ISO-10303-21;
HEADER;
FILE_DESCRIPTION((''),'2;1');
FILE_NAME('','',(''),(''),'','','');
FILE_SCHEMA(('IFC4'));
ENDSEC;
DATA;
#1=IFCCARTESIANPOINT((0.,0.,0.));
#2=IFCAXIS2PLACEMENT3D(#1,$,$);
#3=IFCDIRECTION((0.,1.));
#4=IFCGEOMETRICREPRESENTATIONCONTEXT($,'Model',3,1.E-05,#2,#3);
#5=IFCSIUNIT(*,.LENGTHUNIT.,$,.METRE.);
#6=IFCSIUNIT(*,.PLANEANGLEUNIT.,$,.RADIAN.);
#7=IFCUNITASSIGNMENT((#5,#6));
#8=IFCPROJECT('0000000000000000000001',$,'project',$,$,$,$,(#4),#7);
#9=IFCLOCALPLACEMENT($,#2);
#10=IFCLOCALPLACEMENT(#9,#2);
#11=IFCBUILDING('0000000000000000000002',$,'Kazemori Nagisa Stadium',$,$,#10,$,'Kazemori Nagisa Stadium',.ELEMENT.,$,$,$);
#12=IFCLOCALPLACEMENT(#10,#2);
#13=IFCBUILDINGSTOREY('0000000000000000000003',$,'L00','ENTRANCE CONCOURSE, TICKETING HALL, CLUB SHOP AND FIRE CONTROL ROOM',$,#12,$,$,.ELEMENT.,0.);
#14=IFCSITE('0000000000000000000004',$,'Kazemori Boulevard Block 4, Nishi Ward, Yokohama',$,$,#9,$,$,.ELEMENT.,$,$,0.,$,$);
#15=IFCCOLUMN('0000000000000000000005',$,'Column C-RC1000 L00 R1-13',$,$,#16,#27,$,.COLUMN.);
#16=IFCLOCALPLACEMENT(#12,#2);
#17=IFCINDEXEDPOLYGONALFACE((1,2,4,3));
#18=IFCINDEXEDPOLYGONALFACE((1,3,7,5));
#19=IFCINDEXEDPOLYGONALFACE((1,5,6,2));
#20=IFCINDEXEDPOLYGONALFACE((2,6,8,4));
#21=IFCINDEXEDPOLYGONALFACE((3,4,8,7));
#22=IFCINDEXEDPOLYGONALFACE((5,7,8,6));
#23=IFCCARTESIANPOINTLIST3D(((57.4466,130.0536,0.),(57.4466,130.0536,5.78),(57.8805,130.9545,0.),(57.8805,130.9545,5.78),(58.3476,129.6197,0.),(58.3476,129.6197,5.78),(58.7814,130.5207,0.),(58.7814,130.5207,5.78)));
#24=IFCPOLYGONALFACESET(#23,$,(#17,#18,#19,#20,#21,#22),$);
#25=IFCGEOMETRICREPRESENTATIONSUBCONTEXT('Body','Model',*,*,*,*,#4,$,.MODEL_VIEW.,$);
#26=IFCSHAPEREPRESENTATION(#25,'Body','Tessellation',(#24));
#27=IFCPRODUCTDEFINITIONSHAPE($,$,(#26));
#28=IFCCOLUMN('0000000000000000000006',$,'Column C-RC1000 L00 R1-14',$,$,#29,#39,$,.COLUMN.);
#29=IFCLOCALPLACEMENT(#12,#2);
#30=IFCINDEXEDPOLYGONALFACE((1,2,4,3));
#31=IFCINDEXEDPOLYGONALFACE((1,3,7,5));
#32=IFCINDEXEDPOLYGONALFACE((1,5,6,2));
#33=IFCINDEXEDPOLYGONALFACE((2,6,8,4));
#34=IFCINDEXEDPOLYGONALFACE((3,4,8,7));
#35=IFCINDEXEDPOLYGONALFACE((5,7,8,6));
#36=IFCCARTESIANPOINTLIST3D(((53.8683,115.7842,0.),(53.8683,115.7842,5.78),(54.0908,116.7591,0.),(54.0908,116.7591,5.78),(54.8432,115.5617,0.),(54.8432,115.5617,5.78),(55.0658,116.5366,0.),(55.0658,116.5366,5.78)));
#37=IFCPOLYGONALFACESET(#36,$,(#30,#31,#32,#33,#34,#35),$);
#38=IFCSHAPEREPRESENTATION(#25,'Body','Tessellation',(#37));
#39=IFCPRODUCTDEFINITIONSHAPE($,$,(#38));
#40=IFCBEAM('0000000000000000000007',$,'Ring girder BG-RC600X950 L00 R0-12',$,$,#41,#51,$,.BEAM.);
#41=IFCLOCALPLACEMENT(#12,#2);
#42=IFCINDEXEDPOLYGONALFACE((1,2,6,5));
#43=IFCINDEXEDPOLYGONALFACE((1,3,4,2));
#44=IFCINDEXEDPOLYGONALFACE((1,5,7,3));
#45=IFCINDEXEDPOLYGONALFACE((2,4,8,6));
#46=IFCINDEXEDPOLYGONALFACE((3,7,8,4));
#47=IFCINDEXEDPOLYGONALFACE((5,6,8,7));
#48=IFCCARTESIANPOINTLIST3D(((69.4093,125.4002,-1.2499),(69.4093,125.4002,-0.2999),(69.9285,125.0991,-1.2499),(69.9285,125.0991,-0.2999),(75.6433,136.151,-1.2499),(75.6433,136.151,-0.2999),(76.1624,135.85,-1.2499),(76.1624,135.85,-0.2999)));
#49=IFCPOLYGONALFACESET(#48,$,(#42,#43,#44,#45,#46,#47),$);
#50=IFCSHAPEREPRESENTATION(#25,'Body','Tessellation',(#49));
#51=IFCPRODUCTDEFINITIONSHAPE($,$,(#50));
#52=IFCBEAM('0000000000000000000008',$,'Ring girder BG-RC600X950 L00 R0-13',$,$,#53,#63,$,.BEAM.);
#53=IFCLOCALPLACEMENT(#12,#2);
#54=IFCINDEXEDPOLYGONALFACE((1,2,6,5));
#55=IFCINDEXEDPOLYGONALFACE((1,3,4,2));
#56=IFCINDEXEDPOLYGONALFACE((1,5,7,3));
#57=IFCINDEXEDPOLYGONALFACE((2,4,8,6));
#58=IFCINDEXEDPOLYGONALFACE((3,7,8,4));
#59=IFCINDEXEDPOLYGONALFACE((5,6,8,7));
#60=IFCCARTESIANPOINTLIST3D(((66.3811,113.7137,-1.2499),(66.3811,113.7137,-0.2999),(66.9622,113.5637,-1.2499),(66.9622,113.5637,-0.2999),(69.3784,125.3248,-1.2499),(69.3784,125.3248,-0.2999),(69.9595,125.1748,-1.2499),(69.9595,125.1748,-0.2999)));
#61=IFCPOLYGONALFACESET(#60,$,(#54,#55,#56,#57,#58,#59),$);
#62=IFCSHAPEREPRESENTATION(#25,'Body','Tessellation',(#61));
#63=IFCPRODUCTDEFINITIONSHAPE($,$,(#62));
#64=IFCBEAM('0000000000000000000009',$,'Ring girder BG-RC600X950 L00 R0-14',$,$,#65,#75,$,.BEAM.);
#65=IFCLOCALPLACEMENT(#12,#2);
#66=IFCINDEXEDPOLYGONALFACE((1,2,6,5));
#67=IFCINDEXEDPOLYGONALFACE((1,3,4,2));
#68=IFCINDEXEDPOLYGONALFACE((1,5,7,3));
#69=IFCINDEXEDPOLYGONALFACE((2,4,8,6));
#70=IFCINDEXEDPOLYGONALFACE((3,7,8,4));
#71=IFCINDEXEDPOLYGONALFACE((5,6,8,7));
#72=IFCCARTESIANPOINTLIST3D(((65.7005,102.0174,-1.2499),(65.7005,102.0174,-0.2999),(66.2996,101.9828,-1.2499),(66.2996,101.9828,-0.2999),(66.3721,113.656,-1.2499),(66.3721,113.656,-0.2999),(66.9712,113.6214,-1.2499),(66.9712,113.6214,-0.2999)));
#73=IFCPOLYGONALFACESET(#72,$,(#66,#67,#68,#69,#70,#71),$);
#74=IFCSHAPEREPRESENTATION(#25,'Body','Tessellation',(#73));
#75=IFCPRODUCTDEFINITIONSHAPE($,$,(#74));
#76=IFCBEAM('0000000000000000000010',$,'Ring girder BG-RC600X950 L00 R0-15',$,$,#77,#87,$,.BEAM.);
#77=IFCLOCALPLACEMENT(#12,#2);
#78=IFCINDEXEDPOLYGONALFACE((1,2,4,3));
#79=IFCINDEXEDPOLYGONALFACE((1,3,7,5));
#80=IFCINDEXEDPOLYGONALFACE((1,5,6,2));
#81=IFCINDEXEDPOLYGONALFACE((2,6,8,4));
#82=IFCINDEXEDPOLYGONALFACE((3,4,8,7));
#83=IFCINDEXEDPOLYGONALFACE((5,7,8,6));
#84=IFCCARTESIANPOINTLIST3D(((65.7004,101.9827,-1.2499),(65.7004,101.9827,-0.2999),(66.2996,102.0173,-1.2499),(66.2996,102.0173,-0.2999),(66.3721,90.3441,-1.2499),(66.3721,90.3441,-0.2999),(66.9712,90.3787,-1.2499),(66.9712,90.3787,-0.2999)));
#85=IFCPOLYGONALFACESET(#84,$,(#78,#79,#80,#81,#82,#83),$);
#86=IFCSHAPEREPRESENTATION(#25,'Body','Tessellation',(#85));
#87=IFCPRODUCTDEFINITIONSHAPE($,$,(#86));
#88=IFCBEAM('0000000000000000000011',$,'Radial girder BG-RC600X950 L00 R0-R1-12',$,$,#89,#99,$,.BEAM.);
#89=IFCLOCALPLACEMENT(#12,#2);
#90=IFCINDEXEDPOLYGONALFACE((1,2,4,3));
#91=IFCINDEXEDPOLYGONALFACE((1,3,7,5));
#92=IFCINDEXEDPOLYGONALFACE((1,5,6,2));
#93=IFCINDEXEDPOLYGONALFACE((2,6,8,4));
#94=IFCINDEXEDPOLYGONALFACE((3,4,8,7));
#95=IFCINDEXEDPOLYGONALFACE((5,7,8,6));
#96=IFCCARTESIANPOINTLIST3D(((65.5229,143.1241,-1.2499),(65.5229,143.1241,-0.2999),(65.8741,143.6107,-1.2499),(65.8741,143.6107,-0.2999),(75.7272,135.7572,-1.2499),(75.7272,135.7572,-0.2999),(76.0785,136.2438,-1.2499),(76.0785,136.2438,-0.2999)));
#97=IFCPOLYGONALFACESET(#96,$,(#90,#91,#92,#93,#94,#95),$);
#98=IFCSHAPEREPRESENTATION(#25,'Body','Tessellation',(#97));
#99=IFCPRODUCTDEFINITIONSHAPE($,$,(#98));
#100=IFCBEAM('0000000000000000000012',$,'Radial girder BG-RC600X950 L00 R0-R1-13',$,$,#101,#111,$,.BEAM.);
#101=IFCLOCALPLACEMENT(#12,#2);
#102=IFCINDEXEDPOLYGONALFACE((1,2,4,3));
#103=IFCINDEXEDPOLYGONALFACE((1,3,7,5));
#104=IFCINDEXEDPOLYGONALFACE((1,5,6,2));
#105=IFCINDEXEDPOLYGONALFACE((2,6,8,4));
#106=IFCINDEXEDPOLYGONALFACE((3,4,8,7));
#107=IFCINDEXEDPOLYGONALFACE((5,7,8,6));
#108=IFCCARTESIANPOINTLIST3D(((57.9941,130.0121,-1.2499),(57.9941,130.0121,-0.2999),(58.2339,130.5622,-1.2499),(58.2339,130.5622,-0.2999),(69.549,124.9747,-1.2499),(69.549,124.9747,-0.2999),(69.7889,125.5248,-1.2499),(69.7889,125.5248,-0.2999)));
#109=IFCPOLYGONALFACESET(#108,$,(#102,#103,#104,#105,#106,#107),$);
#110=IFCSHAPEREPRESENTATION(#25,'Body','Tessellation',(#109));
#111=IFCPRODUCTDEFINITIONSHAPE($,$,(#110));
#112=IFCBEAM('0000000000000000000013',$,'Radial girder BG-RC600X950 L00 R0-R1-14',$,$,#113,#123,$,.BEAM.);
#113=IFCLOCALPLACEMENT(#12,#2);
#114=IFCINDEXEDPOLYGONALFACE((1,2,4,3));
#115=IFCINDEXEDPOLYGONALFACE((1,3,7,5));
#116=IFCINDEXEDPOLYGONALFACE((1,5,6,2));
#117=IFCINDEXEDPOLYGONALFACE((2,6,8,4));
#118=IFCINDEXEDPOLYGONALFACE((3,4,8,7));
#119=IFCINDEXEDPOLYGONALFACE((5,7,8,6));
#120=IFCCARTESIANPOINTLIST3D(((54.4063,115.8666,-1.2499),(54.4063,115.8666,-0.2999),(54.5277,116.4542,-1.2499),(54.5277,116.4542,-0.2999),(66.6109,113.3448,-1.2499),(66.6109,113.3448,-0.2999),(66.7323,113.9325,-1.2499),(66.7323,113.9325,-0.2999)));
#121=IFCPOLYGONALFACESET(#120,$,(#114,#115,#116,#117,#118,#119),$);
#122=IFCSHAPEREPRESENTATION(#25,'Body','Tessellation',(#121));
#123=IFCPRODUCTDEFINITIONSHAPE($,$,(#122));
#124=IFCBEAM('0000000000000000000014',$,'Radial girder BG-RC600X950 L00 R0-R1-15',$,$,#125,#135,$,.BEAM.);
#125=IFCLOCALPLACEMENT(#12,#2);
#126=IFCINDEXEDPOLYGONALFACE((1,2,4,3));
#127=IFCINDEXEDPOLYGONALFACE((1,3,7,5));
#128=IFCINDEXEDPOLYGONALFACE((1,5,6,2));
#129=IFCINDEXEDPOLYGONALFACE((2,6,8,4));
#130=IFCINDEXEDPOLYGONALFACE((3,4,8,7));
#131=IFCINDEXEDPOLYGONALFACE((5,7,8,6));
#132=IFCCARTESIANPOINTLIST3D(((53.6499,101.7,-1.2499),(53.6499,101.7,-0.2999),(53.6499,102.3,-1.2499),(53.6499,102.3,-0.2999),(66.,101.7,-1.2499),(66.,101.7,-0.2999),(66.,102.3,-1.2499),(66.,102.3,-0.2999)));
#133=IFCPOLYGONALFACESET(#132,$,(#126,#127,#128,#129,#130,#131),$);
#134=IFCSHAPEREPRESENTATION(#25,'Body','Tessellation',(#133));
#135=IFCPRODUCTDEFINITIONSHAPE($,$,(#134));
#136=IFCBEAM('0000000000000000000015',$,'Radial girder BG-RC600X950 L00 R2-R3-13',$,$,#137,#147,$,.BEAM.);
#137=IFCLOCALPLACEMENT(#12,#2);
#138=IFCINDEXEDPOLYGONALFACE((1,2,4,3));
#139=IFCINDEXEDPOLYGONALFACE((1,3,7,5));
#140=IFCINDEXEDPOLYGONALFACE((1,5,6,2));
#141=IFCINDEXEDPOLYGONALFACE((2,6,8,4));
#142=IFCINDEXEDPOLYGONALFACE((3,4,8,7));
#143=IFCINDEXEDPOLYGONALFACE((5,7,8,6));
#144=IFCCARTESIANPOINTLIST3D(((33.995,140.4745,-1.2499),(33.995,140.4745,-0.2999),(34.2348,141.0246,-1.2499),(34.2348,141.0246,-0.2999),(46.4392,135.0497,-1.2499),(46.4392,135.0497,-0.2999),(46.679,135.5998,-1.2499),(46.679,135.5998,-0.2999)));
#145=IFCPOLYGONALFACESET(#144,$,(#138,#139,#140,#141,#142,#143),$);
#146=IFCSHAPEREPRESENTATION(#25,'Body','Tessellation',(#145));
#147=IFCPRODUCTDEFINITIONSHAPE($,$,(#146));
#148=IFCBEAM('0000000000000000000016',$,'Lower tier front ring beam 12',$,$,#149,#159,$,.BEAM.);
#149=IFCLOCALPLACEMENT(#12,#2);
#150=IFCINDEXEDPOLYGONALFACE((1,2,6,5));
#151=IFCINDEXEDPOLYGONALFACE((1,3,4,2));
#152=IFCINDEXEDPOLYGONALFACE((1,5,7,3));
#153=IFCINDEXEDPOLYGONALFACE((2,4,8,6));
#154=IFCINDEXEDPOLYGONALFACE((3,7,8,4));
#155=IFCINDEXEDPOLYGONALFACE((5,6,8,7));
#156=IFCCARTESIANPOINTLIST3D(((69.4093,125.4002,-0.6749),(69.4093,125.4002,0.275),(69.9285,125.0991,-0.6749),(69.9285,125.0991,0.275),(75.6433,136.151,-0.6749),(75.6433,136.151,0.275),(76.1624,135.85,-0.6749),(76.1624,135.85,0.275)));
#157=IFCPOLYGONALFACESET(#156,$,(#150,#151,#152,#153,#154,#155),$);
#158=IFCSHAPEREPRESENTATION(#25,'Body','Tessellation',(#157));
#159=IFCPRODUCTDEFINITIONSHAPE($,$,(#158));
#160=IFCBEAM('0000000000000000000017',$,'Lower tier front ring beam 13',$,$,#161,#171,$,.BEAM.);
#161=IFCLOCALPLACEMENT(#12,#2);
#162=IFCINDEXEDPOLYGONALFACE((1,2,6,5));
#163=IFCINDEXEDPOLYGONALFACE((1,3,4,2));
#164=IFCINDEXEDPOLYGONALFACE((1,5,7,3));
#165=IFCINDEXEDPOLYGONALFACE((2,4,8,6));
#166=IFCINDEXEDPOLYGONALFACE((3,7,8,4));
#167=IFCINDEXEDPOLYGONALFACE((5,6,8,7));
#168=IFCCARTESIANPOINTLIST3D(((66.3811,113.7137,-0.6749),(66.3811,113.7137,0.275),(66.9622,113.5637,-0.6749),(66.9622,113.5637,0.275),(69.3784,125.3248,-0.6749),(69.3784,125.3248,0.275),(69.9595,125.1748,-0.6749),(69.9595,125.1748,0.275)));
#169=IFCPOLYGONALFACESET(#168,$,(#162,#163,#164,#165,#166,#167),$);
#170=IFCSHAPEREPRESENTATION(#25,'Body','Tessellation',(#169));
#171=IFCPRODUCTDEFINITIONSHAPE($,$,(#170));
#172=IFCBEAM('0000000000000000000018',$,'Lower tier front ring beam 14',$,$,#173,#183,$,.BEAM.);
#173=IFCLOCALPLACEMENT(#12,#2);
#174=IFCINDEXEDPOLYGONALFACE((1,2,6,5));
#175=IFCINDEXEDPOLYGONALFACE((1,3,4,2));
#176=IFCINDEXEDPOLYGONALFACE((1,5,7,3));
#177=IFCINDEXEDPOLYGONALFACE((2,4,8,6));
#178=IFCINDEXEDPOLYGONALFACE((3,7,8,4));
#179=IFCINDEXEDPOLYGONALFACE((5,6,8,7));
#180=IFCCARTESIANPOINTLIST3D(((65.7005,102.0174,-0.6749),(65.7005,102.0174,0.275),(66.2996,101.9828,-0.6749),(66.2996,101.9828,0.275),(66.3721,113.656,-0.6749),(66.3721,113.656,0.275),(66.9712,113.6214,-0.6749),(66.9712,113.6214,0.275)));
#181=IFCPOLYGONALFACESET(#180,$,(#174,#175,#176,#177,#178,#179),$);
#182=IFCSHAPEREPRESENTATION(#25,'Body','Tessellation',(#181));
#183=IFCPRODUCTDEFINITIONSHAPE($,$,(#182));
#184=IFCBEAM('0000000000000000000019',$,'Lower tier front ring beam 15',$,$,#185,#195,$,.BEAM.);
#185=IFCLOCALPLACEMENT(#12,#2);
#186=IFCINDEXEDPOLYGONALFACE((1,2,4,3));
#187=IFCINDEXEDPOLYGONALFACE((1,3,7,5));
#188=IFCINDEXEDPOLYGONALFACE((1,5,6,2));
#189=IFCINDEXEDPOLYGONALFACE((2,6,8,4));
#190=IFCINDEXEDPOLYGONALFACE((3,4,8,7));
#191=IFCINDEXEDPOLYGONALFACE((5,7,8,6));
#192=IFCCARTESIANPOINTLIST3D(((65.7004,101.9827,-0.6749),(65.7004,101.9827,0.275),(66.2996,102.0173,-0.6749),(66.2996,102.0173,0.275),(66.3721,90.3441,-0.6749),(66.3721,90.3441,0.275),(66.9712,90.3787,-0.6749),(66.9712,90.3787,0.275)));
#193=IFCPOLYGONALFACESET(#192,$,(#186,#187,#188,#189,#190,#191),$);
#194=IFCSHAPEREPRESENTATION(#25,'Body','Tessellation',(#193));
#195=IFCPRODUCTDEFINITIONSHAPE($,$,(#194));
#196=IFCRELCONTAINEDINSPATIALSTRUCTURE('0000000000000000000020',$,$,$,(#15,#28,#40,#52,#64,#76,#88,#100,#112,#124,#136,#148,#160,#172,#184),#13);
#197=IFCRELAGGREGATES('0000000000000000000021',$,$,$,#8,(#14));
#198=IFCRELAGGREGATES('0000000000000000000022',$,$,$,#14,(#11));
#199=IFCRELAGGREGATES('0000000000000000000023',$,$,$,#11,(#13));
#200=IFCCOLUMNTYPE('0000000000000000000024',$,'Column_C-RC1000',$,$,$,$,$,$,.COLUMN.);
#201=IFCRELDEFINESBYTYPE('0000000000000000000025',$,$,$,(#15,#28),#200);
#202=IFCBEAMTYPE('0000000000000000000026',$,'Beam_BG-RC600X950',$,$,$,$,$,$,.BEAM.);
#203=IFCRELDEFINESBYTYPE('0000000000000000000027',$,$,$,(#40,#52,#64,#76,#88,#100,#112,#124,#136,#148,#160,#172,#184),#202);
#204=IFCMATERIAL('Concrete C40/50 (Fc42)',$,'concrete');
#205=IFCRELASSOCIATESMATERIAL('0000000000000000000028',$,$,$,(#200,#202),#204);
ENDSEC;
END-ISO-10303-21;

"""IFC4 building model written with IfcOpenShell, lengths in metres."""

from ifc_helpers import new_model, si_unit, direction, frame, origin, origin_2d, place, context, subcontext, project, spatial, rectangle, extrude, material, material_profile, profile_set, type_object, element, save


model = new_model("IFC4")

# Units and contexts
model_context = context("Model", 3, precision=1e-05, world=origin(), true_north=direction((0.0, 1.0)))
body_context = subcontext(model_context, "Body", "Model", "MODEL_VIEW")
ifc_project = project(units=[si_unit("LENGTHUNIT", "METRE"), si_unit("PLANEANGLEUNIT", "RADIAN")], contexts=[model_context])

# Site, building, storey
site_placement = place(None, origin())
site = spatial("IfcSite", under=ifc_project, at=site_placement, Name="Kazemori Boulevard Block 4, Nishi Ward, Yokohama", CompositionType="ELEMENT", RefElevation=0.0)
building_placement = place(site_placement, origin())
building = spatial("IfcBuilding", under=site, at=building_placement, Name="Kazemori Nagisa Stadium", LongName="Kazemori Nagisa Stadium", CompositionType="ELEMENT")
storey_placement = place(building_placement, origin())
storey = spatial("IfcBuildingStorey", under=building, at=storey_placement, Name="L00", Description="ENTRANCE CONCOURSE, TICKETING HALL, CLUB SHOP AND FIRE CONTROL ROOM", CompositionType="ELEMENT", Elevation=0.0)

# Columns
ifc_material_1 = material(Name="Concrete C40/50 (Fc42)", Category="concrete")
ifc_material_profile_1 = material_profile(ifc_material_1, rectangle(XDim=1.0, YDim=1.0, at=origin_2d()), Name="RC-COL-1000x1000")
ifc_profile_set_1 = profile_set([ifc_material_profile_1], Name="Concrete C40/50 (Fc42)")
column_type = type_object("IfcColumnType", Name="Column_C-RC1000", PredefinedType="COLUMN", material=ifc_profile_set_1)
for number, where, z_axis, x_axis, name in (
    (1, (58.114, 130.2871, 0.0), (0.0, 0.0, 1.0), (-0.900969, 0.433884, 0.0), "Column C-RC1000 L00 R1-13"),
    (2, (54.467, 116.1604, 0.0), (0.0, 0.0, 1.0), (-0.974928, 0.222521, 0.0), "Column C-RC1000 L00 R1-14"),
):
    element("IfcColumn", number, at=place(storey_placement, frame(where, z_axis=z_axis, x_axis=x_axis)), inside=storey, type_object=column_type, Name=name, PredefinedType="COLUMN", context=body_context, shape_type="SweptSolid", body=[
        extrude(rectangle(XDim=1.0, YDim=1.0, at=origin_2d()), origin(), (0.0, 0.0, 1.0), 5.78),
    ])

# Beams
ifc_material_profile_2 = material_profile(ifc_material_1, rectangle(XDim=0.6001, YDim=0.95, at=origin_2d()), Name="RC-BM-600x950")
ifc_profile_set_2 = profile_set([ifc_material_profile_2], Name="Concrete C40/50 (Fc42)")
beam_type_1 = type_object("IfcBeamType", Name="Beam_BG-RC600X950", PredefinedType="BEAM", material=ifc_profile_set_2)
beam_1_placement = place(storey_placement, frame((75.9028, 136.0005, -0.7749), z_axis=(-0.501625, -0.865085, 0.0), x_axis=(0.865085, -0.501625, 0.0)))
element("IfcBeam", 3, at=beam_1_placement, inside=storey, type_object=beam_type_1, Name="Ring girder BG-RC600X950 L00 R0-12", PredefinedType="BEAM", context=body_context, shape_type="SweptSolid", body=[
    extrude(rectangle(XDim=0.6001, YDim=0.95, at=origin_2d()), origin(), (0.0, 0.0, 1.0), 12.4275),
])
beam_2_placement = place(storey_placement, frame((69.6689, 125.2498, -0.7749), z_axis=(-0.249949, -0.968259, 0.0), x_axis=(0.968259, -0.249949, 0.0)))
element("IfcBeam", 4, at=beam_2_placement, inside=storey, type_object=beam_type_1, Name="Ring girder BG-RC600X950 L00 R0-13", PredefinedType="BEAM", context=body_context, shape_type="SweptSolid", body=[
    extrude(rectangle(XDim=0.6001, YDim=0.95, at=origin_2d()), origin(), (0.0, 0.0, 1.0), 11.9917),
])
for number, where, z_axis, x_axis, name in (
    (5, (66.6716, 113.6387, -0.7749), (-0.057611, -0.998339, 0.0), (0.998339, -0.057611, 0.0), "Ring girder BG-RC600X950 L00 R0-14"),
    (6, (66.0, 102.0, -0.7749), (0.057611, -0.998339, 0.0), (0.998339, 0.057611, 0.0), "Ring girder BG-RC600X950 L00 R0-15"),
):
    element("IfcBeam", number, at=place(storey_placement, frame(where, z_axis=z_axis, x_axis=x_axis)), inside=storey, type_object=beam_type_1, Name=name, PredefinedType="BEAM", context=body_context, shape_type="SweptSolid", body=[
        extrude(rectangle(XDim=0.6001, YDim=0.95, at=origin_2d()), origin(), (0.0, 0.0, 1.0), 11.658),
    ])
beam_3_placement = place(storey_placement, frame((75.9028, 136.0005, -0.7749), z_axis=(-0.810787, 0.585341, 0.0), x_axis=(-0.585341, -0.810787, 0.0)))
element("IfcBeam", 7, at=beam_3_placement, inside=storey, type_object=beam_type_1, Name="Radial girder BG-RC600X950 L00 R0-R1-12", PredefinedType="BEAM", context=body_context, shape_type="SweptSolid", body=[
    extrude(rectangle(XDim=0.6001, YDim=0.95, at=origin_2d()), origin(), (0.0, 0.0, 1.0), 12.5857),
])
beam_4_placement = place(storey_placement, frame((69.6689, 125.2498, -0.7749), z_axis=(-0.916679, 0.399625, 0.0), x_axis=(-0.399625, -0.916679, 0.0)))
element("IfcBeam", 8, at=beam_4_placement, inside=storey, type_object=beam_type_1, Name="Radial girder BG-RC600X950 L00 R0-R1-13", PredefinedType="BEAM", context=body_context, shape_type="SweptSolid", body=[
    extrude(rectangle(XDim=0.6001, YDim=0.95, at=origin_2d()), origin(), (0.0, 0.0, 1.0), 12.6052),
])
beam_5_placement = place(storey_placement, frame((66.6716, 113.6387, -0.7749), z_axis=(-0.979314, 0.202347, 0.0), x_axis=(-0.202347, -0.979314, 0.0)))
element("IfcBeam", 9, at=beam_5_placement, inside=storey, type_object=beam_type_1, Name="Radial girder BG-RC600X950 L00 R0-R1-14", PredefinedType="BEAM", context=body_context, shape_type="SweptSolid", body=[
    extrude(rectangle(XDim=0.6001, YDim=0.95, at=origin_2d()), origin(), (0.0, 0.0, 1.0), 12.4624),
])
beam_6_placement = place(storey_placement, frame((66.0, 102.0, -0.7749), z_axis=(-1.0, 0.0, 0.0), x_axis=(0.0, -1.0, 0.0)))
element("IfcBeam", 10, at=beam_6_placement, inside=storey, type_object=beam_type_1, Name="Radial girder BG-RC600X950 L00 R0-R1-15", PredefinedType="BEAM", context=body_context, shape_type="SweptSolid", body=[
    extrude(rectangle(XDim=0.6001, YDim=0.95, at=origin_2d()), origin(), (0.0, 0.0, 1.0), 12.3501),
])
beam_7_placement = place(storey_placement, frame((46.5591, 135.3247, -0.7749), z_axis=(-0.916684, 0.399614, 0.0), x_axis=(-0.399614, -0.916684, 0.0)))
element("IfcBeam", 11, at=beam_7_placement, inside=storey, type_object=beam_type_1, Name="Radial girder BG-RC600X950 L00 R2-R3-13", PredefinedType="BEAM", context=body_context, shape_type="SweptSolid", body=[
    extrude(rectangle(XDim=0.6001, YDim=0.95, at=origin_2d()), origin(), (0.0, 0.0, 1.0), 13.5752),
])
beam_8_placement = place(storey_placement, frame((75.9028, 136.0005, -0.2), z_axis=(-0.501625, -0.865085, 0.0), x_axis=(0.865085, -0.501625, 0.0)))
element("IfcBeam", 12, at=beam_8_placement, inside=storey, type_object=beam_type_1, Name="Lower tier front ring beam 12", PredefinedType="BEAM", context=body_context, shape_type="SweptSolid", body=[
    extrude(rectangle(XDim=0.6001, YDim=0.95, at=origin_2d()), origin(), (0.0, 0.0, 1.0), 12.4275),
])
beam_9_placement = place(storey_placement, frame((69.6689, 125.2498, -0.2), z_axis=(-0.249949, -0.968259, 0.0), x_axis=(0.968259, -0.249949, 0.0)))
element("IfcBeam", 13, at=beam_9_placement, inside=storey, type_object=beam_type_1, Name="Lower tier front ring beam 13", PredefinedType="BEAM", context=body_context, shape_type="SweptSolid", body=[
    extrude(rectangle(XDim=0.6001, YDim=0.95, at=origin_2d()), origin(), (0.0, 0.0, 1.0), 11.9917),
])
for number, where, z_axis, x_axis, name in (
    (14, (66.6716, 113.6387, -0.2), (-0.057611, -0.998339, 0.0), (0.998339, -0.057611, 0.0), "Lower tier front ring beam 14"),
    (15, (66.0, 102.0, -0.2), (0.057611, -0.998339, 0.0), (0.998339, 0.057611, 0.0), "Lower tier front ring beam 15"),
):
    element("IfcBeam", number, at=place(storey_placement, frame(where, z_axis=z_axis, x_axis=x_axis)), inside=storey, type_object=beam_type_1, Name=name, PredefinedType="BEAM", context=body_context, shape_type="SweptSolid", body=[
        extrude(rectangle(XDim=0.6001, YDim=0.95, at=origin_2d()), origin(), (0.0, 0.0, 1.0), 11.658),
    ])

save(model, "model.ifc")
